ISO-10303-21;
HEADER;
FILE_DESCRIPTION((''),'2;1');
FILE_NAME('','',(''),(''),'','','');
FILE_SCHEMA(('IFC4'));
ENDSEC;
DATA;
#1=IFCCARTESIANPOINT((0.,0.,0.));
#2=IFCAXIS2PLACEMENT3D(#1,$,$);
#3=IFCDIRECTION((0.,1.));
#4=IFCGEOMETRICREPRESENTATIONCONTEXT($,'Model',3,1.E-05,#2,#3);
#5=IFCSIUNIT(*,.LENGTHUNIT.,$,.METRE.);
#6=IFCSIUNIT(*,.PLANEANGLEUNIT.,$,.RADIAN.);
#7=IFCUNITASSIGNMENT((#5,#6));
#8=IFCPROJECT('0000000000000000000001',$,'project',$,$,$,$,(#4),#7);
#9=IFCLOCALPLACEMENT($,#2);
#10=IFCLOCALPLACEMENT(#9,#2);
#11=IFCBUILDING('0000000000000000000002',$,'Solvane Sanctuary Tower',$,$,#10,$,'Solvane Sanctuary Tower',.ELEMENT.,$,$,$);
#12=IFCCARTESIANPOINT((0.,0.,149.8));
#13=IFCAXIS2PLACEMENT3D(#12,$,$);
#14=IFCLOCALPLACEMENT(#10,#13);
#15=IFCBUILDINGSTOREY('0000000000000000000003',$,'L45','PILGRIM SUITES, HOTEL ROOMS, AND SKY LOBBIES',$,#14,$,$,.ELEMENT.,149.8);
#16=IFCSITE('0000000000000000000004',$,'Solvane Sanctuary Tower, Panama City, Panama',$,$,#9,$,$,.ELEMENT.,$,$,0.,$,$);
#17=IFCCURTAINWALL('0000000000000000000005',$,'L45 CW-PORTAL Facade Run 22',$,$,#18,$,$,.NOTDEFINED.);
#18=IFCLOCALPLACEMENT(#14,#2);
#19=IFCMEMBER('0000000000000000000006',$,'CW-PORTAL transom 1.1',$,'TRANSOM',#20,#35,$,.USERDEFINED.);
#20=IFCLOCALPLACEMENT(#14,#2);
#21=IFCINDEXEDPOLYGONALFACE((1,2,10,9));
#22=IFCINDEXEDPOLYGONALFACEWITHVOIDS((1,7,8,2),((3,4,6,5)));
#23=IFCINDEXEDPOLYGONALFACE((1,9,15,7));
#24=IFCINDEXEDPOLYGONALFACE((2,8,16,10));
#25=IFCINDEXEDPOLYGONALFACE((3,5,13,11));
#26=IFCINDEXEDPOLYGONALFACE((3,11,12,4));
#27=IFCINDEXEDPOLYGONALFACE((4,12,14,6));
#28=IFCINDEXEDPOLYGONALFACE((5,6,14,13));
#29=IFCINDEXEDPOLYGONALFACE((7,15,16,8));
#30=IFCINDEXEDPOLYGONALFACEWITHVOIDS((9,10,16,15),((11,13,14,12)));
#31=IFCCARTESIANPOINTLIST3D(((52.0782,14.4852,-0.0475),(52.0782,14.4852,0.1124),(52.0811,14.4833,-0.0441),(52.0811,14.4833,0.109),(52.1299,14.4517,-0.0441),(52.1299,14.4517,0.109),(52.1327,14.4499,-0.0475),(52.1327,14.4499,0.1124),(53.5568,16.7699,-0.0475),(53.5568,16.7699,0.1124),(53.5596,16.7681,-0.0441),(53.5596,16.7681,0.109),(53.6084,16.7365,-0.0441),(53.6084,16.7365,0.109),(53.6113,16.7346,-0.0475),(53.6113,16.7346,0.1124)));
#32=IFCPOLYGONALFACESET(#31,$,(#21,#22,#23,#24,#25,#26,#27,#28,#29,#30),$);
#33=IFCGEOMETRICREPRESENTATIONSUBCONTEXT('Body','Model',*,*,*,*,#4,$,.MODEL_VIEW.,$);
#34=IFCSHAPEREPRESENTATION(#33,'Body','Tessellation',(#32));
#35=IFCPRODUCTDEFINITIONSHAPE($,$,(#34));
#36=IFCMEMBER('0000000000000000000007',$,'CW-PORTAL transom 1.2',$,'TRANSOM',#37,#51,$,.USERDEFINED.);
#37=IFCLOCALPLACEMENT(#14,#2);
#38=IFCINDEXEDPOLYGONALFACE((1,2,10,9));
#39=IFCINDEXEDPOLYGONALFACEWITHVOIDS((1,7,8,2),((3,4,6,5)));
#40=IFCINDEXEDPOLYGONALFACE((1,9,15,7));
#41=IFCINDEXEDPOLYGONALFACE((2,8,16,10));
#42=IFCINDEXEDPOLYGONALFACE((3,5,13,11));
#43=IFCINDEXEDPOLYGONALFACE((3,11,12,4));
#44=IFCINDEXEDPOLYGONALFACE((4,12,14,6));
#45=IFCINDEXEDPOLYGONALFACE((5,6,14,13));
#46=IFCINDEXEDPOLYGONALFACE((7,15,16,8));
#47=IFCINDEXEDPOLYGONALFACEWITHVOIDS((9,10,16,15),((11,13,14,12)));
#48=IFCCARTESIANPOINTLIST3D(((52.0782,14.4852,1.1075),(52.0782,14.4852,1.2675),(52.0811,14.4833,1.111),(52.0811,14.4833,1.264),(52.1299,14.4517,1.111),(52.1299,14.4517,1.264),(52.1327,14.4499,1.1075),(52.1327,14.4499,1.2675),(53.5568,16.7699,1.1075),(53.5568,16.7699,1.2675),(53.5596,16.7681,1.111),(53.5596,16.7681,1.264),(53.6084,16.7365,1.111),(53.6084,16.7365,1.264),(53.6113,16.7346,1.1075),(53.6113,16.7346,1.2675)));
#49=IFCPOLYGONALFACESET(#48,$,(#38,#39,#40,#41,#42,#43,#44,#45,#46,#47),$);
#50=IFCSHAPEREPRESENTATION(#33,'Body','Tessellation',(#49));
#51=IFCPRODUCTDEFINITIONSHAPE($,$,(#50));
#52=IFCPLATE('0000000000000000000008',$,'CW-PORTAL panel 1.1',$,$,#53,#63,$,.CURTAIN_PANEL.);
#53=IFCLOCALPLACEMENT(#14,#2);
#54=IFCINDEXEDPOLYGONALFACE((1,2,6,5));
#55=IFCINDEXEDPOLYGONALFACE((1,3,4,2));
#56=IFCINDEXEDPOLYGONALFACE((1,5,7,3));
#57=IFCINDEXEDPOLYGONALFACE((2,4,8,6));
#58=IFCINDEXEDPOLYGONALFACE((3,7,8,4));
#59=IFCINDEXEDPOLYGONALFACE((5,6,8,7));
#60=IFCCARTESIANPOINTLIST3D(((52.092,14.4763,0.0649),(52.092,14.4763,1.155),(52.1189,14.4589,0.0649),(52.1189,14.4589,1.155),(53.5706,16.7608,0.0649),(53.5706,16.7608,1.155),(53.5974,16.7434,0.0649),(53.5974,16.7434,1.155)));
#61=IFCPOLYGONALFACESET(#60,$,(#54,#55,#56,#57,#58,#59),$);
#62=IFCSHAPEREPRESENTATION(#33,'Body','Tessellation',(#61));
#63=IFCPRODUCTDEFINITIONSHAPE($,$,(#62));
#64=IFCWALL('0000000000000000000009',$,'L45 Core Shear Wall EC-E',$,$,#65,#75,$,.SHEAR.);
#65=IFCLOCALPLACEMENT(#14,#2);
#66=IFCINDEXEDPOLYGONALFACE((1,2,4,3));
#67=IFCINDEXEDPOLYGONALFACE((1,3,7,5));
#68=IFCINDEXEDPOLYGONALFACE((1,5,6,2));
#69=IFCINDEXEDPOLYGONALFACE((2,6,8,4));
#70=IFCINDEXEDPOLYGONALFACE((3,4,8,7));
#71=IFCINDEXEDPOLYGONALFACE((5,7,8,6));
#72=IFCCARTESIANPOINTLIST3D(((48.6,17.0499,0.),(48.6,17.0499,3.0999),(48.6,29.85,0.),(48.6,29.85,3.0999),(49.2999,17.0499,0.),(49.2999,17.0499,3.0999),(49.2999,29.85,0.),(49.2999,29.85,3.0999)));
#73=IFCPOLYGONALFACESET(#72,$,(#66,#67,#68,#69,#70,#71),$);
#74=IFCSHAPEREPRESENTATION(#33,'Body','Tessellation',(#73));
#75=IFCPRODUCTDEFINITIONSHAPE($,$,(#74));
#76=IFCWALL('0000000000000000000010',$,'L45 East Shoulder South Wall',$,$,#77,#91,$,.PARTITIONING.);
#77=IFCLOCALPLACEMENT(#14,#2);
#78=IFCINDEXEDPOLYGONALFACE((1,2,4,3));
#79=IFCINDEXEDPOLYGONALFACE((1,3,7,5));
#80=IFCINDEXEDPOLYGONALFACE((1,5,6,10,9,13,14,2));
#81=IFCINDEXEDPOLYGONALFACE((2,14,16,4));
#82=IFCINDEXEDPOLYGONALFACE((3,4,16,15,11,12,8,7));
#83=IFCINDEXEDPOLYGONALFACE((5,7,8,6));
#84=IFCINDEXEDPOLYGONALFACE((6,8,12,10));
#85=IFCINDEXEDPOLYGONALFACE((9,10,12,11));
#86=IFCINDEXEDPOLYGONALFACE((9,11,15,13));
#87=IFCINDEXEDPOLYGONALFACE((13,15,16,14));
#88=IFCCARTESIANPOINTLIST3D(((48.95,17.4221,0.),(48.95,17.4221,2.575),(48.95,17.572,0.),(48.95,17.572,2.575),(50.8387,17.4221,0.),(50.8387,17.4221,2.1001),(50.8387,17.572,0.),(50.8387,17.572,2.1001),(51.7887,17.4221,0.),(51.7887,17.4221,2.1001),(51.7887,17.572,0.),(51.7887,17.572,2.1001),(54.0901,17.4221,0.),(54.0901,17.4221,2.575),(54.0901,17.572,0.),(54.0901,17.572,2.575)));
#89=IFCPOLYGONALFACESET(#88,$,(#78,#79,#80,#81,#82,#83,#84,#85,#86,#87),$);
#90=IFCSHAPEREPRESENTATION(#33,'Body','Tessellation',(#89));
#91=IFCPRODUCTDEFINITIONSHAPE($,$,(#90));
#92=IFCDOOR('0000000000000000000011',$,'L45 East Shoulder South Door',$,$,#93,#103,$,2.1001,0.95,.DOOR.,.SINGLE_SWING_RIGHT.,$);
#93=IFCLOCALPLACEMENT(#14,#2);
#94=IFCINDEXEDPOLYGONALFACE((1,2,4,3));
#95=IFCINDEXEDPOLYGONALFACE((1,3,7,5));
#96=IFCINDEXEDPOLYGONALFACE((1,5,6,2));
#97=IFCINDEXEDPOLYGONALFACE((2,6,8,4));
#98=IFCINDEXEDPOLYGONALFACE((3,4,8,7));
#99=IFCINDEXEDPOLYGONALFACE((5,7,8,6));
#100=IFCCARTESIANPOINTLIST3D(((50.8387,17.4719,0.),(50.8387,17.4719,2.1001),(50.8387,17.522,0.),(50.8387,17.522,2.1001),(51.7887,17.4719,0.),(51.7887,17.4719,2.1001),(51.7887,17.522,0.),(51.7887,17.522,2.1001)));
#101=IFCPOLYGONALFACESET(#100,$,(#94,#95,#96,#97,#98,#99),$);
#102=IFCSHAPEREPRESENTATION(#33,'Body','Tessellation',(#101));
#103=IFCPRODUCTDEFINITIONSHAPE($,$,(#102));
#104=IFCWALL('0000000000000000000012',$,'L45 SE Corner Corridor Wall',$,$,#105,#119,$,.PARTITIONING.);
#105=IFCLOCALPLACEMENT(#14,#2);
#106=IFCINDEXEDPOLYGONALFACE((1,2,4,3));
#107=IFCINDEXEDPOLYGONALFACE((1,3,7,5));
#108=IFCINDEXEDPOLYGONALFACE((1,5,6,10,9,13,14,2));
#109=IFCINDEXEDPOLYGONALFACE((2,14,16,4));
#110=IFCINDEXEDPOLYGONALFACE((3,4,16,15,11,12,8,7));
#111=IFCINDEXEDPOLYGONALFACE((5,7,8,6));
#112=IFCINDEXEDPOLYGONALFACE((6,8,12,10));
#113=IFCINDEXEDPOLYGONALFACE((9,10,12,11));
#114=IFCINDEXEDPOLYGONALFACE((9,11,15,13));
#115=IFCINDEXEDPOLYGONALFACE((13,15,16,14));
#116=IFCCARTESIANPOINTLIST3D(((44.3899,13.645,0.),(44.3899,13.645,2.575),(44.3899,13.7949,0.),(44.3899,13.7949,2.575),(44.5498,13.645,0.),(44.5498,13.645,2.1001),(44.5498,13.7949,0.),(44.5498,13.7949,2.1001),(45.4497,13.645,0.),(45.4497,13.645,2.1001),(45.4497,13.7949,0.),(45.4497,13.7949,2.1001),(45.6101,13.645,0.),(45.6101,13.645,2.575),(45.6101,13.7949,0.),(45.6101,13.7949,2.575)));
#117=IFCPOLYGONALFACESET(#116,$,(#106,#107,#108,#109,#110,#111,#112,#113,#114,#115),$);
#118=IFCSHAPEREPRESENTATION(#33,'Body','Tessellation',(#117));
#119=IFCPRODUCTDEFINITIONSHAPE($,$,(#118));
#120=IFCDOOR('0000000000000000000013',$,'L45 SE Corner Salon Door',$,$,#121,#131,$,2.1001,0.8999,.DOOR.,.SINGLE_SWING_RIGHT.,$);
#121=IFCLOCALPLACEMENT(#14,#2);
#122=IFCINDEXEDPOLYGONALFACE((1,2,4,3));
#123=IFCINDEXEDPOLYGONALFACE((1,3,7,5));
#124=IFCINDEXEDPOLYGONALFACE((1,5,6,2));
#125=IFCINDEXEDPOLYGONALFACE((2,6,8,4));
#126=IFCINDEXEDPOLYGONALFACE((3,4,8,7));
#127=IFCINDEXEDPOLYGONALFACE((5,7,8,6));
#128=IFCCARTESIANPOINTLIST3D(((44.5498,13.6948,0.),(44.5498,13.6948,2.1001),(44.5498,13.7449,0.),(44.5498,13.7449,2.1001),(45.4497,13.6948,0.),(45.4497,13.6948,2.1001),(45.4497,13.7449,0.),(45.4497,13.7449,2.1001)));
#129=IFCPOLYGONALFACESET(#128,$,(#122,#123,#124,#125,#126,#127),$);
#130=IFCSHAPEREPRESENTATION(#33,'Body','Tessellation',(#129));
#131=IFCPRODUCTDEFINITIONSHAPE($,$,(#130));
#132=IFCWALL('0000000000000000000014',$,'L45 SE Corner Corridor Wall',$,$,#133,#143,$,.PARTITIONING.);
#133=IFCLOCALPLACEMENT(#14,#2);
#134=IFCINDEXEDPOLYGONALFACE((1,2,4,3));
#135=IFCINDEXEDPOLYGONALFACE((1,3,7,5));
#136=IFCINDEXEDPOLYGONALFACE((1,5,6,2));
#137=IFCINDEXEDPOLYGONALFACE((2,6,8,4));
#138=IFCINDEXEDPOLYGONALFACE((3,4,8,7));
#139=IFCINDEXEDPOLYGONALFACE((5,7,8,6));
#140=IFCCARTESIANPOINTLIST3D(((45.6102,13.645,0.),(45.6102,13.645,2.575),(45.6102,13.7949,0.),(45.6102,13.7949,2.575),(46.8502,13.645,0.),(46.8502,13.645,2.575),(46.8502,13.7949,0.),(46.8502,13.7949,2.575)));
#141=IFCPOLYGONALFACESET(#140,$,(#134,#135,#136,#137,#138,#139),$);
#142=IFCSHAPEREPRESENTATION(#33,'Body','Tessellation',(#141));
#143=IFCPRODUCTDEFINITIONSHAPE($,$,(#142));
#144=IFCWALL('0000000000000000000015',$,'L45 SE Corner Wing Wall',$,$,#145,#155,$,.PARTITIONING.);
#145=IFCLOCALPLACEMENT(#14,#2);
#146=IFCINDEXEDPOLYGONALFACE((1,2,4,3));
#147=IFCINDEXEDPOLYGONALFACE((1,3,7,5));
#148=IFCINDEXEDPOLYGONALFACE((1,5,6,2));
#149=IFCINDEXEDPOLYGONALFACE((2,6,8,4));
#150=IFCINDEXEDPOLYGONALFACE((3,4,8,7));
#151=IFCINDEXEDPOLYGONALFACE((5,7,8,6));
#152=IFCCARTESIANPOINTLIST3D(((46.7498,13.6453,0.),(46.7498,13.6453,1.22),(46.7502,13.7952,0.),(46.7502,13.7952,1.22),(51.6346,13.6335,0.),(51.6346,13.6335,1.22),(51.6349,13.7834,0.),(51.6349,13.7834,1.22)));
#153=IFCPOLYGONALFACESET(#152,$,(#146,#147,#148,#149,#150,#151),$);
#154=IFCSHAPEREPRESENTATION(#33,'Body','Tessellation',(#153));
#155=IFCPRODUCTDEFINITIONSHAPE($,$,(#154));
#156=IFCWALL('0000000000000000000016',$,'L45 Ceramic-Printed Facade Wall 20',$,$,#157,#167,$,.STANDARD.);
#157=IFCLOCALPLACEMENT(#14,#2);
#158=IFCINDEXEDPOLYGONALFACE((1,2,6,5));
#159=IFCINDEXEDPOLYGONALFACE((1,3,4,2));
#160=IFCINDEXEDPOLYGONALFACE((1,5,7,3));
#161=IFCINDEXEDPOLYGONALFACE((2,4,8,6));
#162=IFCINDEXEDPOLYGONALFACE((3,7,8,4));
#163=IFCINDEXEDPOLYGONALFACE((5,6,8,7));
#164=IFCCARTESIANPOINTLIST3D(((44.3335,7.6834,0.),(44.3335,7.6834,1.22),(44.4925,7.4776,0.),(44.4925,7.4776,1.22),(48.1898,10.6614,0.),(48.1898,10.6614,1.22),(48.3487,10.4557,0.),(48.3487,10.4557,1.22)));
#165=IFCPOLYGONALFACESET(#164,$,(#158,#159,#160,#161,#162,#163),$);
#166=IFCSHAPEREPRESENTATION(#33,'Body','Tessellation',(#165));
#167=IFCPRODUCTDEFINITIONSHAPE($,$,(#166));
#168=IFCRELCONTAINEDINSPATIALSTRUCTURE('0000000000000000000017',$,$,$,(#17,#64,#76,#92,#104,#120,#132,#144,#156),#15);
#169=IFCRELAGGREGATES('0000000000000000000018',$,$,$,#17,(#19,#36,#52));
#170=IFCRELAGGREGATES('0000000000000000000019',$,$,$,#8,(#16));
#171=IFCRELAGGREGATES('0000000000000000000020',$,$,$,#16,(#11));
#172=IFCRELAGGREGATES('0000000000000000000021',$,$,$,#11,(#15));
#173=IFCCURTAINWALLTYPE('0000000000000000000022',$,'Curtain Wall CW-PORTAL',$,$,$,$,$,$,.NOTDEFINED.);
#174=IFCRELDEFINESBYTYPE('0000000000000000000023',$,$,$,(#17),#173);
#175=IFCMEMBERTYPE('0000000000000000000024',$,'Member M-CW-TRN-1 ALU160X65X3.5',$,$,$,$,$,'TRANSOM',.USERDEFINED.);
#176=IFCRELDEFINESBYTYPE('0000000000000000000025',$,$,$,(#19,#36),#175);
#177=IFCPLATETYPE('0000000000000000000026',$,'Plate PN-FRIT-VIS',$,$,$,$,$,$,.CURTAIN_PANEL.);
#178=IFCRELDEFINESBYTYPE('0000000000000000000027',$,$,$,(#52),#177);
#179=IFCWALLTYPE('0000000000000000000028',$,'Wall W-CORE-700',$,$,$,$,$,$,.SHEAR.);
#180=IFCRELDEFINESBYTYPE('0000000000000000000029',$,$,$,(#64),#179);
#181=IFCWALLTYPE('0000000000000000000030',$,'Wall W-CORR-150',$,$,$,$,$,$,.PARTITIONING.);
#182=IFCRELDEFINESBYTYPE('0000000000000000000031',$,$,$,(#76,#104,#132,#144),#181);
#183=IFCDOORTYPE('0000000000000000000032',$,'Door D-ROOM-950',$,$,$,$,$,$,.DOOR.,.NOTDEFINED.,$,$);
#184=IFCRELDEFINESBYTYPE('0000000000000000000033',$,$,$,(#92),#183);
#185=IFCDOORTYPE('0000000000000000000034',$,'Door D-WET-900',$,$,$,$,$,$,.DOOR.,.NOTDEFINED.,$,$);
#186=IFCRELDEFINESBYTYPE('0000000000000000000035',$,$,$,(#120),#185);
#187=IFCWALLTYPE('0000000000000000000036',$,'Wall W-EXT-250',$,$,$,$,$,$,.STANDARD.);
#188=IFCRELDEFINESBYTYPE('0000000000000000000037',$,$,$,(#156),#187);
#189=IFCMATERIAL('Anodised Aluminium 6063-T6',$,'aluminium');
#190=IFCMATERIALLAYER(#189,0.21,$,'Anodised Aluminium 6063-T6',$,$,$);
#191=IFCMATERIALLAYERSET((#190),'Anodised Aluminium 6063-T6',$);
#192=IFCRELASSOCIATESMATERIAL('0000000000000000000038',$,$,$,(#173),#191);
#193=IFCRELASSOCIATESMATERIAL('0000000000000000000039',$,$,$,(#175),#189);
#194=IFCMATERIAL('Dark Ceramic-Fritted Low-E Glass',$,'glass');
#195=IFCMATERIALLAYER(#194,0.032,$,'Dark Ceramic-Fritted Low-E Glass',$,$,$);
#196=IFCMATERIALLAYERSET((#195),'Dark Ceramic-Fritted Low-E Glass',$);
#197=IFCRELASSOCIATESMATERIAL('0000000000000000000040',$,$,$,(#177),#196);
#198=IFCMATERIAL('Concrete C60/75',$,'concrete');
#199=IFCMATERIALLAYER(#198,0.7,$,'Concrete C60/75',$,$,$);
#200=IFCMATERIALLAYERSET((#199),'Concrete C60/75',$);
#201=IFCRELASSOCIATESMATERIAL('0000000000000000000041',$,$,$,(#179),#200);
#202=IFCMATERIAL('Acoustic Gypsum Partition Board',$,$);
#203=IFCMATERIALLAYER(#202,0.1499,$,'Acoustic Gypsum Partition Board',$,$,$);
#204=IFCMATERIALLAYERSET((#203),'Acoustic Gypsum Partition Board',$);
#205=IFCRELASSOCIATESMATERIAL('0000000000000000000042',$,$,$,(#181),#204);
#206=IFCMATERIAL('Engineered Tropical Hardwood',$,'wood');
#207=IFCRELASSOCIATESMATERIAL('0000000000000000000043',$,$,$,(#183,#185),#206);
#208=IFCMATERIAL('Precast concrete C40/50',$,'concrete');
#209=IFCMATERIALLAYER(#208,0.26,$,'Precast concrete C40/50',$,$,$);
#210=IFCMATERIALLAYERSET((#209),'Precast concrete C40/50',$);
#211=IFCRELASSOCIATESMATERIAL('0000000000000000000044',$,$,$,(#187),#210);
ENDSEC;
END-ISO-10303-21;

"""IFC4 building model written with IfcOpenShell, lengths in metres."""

from ifc_helpers import new_model, si_unit, direction, frame, frame_2d, origin, origin_2d, place, context, subcontext, project, spatial, rectangle, hollow_rectangle, extrude, material, layer, layer_set, material_profile, profile_set, type_object, element, fill, aggregate, save


model = new_model("IFC4")

# Units and contexts
model_context = context("Model", 3, precision=1e-05, world=origin(), true_north=direction((0.0, 1.0)))
body_context = subcontext(model_context, "Body", "Model", "MODEL_VIEW")
ifc_project = project(units=[si_unit("LENGTHUNIT", "METRE"), si_unit("PLANEANGLEUNIT", "RADIAN")], contexts=[model_context])

# Site, building, storey
site_placement = place(None, origin())
site = spatial("IfcSite", under=ifc_project, at=site_placement, Name="Solvane Sanctuary Tower, Panama City, Panama", CompositionType="ELEMENT", RefElevation=0.0)
building_placement = place(site_placement, origin())
building = spatial("IfcBuilding", under=site, at=building_placement, Name="Solvane Sanctuary Tower", LongName="Solvane Sanctuary Tower", CompositionType="ELEMENT")
storey_placement = place(building_placement, frame((0.0, 0.0, 149.8)))
storey = spatial("IfcBuildingStorey", under=building, at=storey_placement, Name="L45", Description="PILGRIM SUITES, HOTEL ROOMS, AND SKY LOBBIES", CompositionType="ELEMENT", Elevation=149.8)

# Shared definitions
ifc_material_1 = material(Name="Concrete C60/75", Category="concrete")

# Curtain wall, members, plate
ifc_material_2 = material(Name="Anodised Aluminium 6063-T6", Category="aluminium")
ifc_layer_1 = layer(ifc_material_2, 0.21, Name="Anodised Aluminium 6063-T6")
ifc_layer_set_1 = layer_set([ifc_layer_1], Name="Anodised Aluminium 6063-T6")
curtain_wall_type = type_object("IfcCurtainWallType", Name="Curtain Wall CW-PORTAL", PredefinedType="NOTDEFINED", material=ifc_layer_set_1)
curtain_wall_placement = place(storey_placement, origin())
curtain_wall = element("IfcCurtainWall", 1, at=curtain_wall_placement, inside=storey, type_object=curtain_wall_type, Name="L45 CW-PORTAL Facade Run 22", PredefinedType="NOTDEFINED")
ifc_material_profile_1 = material_profile(ifc_material_2, hollow_rectangle(XDim=0.0649, YDim=0.1599, WallThickness=0.0034, at=origin_2d()), Name="ALU160X65X3.5")
ifc_profile_set_1 = profile_set([ifc_material_profile_1], Name="Anodised Aluminium 6063-T6")
member_type_1 = type_object("IfcMemberType", Name="Member M-CW-TRN-1 ALU160X65X3.5", ElementType="TRANSOM", PredefinedType="USERDEFINED", material=ifc_profile_set_1)
member_1_placement = place(storey_placement, frame((52.1055, 14.4675, 0.0325), z_axis=(0.543303, 0.839536, 0.0), x_axis=(-0.839536, 0.543303, 0.0)))
member_1 = element("IfcMember", 2, at=member_1_placement, type_object=member_type_1, Name="CW-PORTAL transom 1.1", ObjectType="TRANSOM", PredefinedType="USERDEFINED", context=body_context, shape_type="SweptSolid", body=[
    extrude(hollow_rectangle(XDim=0.0649, YDim=0.1599, WallThickness=0.0034, at=origin_2d()), origin(), (0.0, 0.0, 1.0), 2.7214),
])
member_2_placement = place(storey_placement, frame((52.1055, 14.4675, 1.1875), z_axis=(0.543303, 0.839536, 0.0), x_axis=(-0.839536, 0.543303, 0.0)))
member_2 = element("IfcMember", 3, at=member_2_placement, type_object=member_type_1, Name="CW-PORTAL transom 1.2", ObjectType="TRANSOM", PredefinedType="USERDEFINED", context=body_context, shape_type="SweptSolid", body=[
    extrude(hollow_rectangle(XDim=0.0649, YDim=0.1599, WallThickness=0.0034, at=origin_2d()), origin(), (0.0, 0.0, 1.0), 2.7214),
])
ifc_material_3 = material(Name="Dark Ceramic-Fritted Low-E Glass", Category="glass")
ifc_layer_2 = layer(ifc_material_3, 0.032, Name="Dark Ceramic-Fritted Low-E Glass")
ifc_layer_set_2 = layer_set([ifc_layer_2], Name="Dark Ceramic-Fritted Low-E Glass")
plate_type = type_object("IfcPlateType", Name="Plate PN-FRIT-VIS", PredefinedType="CURTAIN_PANEL", material=ifc_layer_set_2)
plate_placement = place(storey_placement, frame((52.8447, 15.6099, 0.0649), z_axis=(0.0, 0.0, 1.0), x_axis=(0.543341, 0.839512, 0.0)))
plate = element("IfcPlate", 4, at=plate_placement, type_object=plate_type, Name="CW-PORTAL panel 1.1", PredefinedType="CURTAIN_PANEL", context=body_context, shape_type="SweptSolid", body=[
    extrude(rectangle(XDim=2.7212, YDim=0.032, at=origin_2d()), origin(), (0.0, 0.0, 1.0), 1.0901),
])
aggregate(curtain_wall, [member_1, member_2, plate])

# Wall
ifc_layer_3 = layer(ifc_material_1, 0.7, Name="Concrete C60/75")
ifc_layer_set_3 = layer_set([ifc_layer_3], Name="Concrete C60/75")
wall_type_1 = type_object("IfcWallType", Name="Wall W-CORE-700", PredefinedType="SHEAR", material=ifc_layer_set_3)
wall_1_placement = place(storey_placement, frame((48.95, 17.05, 0.0), z_axis=(0.0, 0.0, 1.0), x_axis=(0.0, 1.0, 0.0)))
element("IfcWall", 5, at=wall_1_placement, inside=storey, type_object=wall_type_1, Name="L45 Core Shear Wall EC-E", PredefinedType="SHEAR", context=body_context, shape_type="SweptSolid", body=[
    extrude(rectangle(XDim=12.8, YDim=0.7, at=frame_2d((6.3999, 0.0))), origin(), (0.0, 0.0, 1.0), 3.0999),
])

# Walls, openings, doors
ifc_material_4 = material(Name="Acoustic Gypsum Partition Board")
ifc_layer_4 = layer(ifc_material_4, 0.1499, Name="Acoustic Gypsum Partition Board")
ifc_layer_set_4 = layer_set([ifc_layer_4], Name="Acoustic Gypsum Partition Board")
wall_type_2 = type_object("IfcWallType", Name="Wall W-CORR-150", PredefinedType="PARTITIONING", material=ifc_layer_set_4)
wall_2_placement = place(storey_placement, frame((48.95, 17.4971, 0.0), z_axis=(0.0, 0.0, 1.0), x_axis=(1.0, 0.0, 0.0)))
wall_2 = element("IfcWall", 6, at=wall_2_placement, inside=storey, type_object=wall_type_2, Name="L45 East Shoulder South Wall", PredefinedType="PARTITIONING", context=body_context, shape_type="SweptSolid", body=[
    extrude(rectangle(XDim=5.1401, YDim=0.1499, at=frame_2d((2.5701, 0.0))), origin(), (0.0, 0.0, 1.0), 2.575),
])
opening_1_placement = place(wall_2_placement, frame((1.8887, 0.0, 0.0)))
opening_1 = element("IfcOpeningElement", 7, at=opening_1_placement, cuts=wall_2, PredefinedType="OPENING", context=body_context, shape_type="SweptSolid", body=[
    extrude(rectangle(XDim=0.95, YDim=2.1001, at=frame_2d((0.4751, 1.05))), frame((0.0, 0.085, 0.0), z_axis=(0.0, -1.0, 0.0), x_axis=(1.0, 0.0, 0.0)), (0.0, 0.0, 1.0), 0.1699),
])
ifc_material_5 = material(Name="Engineered Tropical Hardwood", Category="wood")
door_type_1 = type_object("IfcDoorType", Name="Door D-ROOM-950", OperationType="NOTDEFINED", PredefinedType="DOOR", material=ifc_material_5)
door_1_placement = place(opening_1_placement, origin())
door_1 = element("IfcDoor", 8, at=door_1_placement, inside=storey, type_object=door_type_1, Name="L45 East Shoulder South Door", OperationType="SINGLE_SWING_RIGHT", OverallHeight=2.1001, OverallWidth=0.95, PredefinedType="DOOR", context=body_context, shape_type="SweptSolid", body=[
    extrude(rectangle(XDim=0.95, YDim=2.1001, at=frame_2d((0.4751, 1.05))), frame((0.0, 0.0249, 0.0), z_axis=(0.0, -1.0, 0.0), x_axis=(1.0, 0.0, 0.0)), (0.0, 0.0, 1.0), 0.05),
])
fill(opening_1, door_1)
wall_3_placement = place(storey_placement, frame((44.3899, 13.72, 0.0), z_axis=(0.0, 0.0, 1.0), x_axis=(1.0, 0.0, 0.0)))
wall_3 = element("IfcWall", 9, at=wall_3_placement, inside=storey, type_object=wall_type_2, Name="L45 SE Corner Corridor Wall", PredefinedType="PARTITIONING", context=body_context, shape_type="SweptSolid", body=[
    extrude(rectangle(XDim=1.2202, YDim=0.1499, at=frame_2d((0.6101, 0.0))), origin(), (0.0, 0.0, 1.0), 2.575),
])
opening_2_placement = place(wall_3_placement, frame((0.1599, 0.0, 0.0)))
opening_2 = element("IfcOpeningElement", 10, at=opening_2_placement, cuts=wall_3, PredefinedType="OPENING", context=body_context, shape_type="SweptSolid", body=[
    extrude(rectangle(XDim=0.8999, YDim=2.1001, at=frame_2d((0.45, 1.05))), frame((0.0, 0.085, 0.0), z_axis=(0.0, -1.0, 0.0), x_axis=(1.0, 0.0, 0.0)), (0.0, 0.0, 1.0), 0.1699),
])
door_type_2 = type_object("IfcDoorType", Name="Door D-WET-900", OperationType="NOTDEFINED", PredefinedType="DOOR", material=ifc_material_5)
door_2_placement = place(opening_2_placement, origin())
door_2 = element("IfcDoor", 11, at=door_2_placement, inside=storey, type_object=door_type_2, Name="L45 SE Corner Salon Door", OperationType="SINGLE_SWING_RIGHT", OverallHeight=2.1001, OverallWidth=0.8999, PredefinedType="DOOR", context=body_context, shape_type="SweptSolid", body=[
    extrude(rectangle(XDim=0.8999, YDim=2.1001, at=frame_2d((0.45, 1.05))), frame((0.0, 0.0249, 0.0), z_axis=(0.0, -1.0, 0.0), x_axis=(1.0, 0.0, 0.0)), (0.0, 0.0, 1.0), 0.05),
])
fill(opening_2, door_2)

# Walls
wall_4_placement = place(storey_placement, frame((45.6101, 13.72, 0.0), z_axis=(0.0, 0.0, 1.0), x_axis=(1.0, 0.0, 0.0)))
element("IfcWall", 12, at=wall_4_placement, inside=storey, type_object=wall_type_2, Name="L45 SE Corner Corridor Wall", PredefinedType="PARTITIONING", context=body_context, shape_type="SweptSolid", body=[
    extrude(rectangle(XDim=1.24, YDim=0.1499, at=frame_2d((0.6201, 0.0))), origin(), (0.0, 0.0, 1.0), 2.575),
])
wall_5_placement = place(storey_placement, frame((46.75, 13.7202, 0.0), z_axis=(0.0, 0.0, 1.0), x_axis=(0.999997, -0.002399, 0.0)))
element("IfcWall", 13, at=wall_5_placement, inside=storey, type_object=wall_type_2, Name="L45 SE Corner Wing Wall", PredefinedType="PARTITIONING", context=body_context, shape_type="SweptSolid", body=[
    extrude(rectangle(XDim=4.8848, YDim=0.1499, at=frame_2d((2.4424, 0.0))), origin(), (0.0, 0.0, 1.0), 1.22),
])
ifc_material_6 = material(Name="Precast concrete C40/50", Category="concrete")
ifc_layer_5 = layer(ifc_material_6, 0.26, Name="Precast concrete C40/50")
ifc_layer_set_5 = layer_set([ifc_layer_5], Name="Precast concrete C40/50")
wall_type_3 = type_object("IfcWallType", Name="Wall W-EXT-250", PredefinedType="STANDARD", material=ifc_layer_set_5)
wall_6_placement = place(storey_placement, frame((44.4131, 7.5806, 0.0), z_axis=(0.0, 0.0, 1.0), x_axis=(0.79146, 0.611221, 0.0)))
element("IfcWall", 14, at=wall_6_placement, inside=storey, type_object=wall_type_3, Name="L45 Ceramic-Printed Facade Wall 20", PredefinedType="STANDARD", context=body_context, shape_type="SweptSolid", body=[
    extrude(rectangle(XDim=4.8723, YDim=0.26, at=frame_2d((2.436, 0.0))), origin(), (0.0, 0.0, 1.0), 1.22),
])

save(model, "model.ifc")
